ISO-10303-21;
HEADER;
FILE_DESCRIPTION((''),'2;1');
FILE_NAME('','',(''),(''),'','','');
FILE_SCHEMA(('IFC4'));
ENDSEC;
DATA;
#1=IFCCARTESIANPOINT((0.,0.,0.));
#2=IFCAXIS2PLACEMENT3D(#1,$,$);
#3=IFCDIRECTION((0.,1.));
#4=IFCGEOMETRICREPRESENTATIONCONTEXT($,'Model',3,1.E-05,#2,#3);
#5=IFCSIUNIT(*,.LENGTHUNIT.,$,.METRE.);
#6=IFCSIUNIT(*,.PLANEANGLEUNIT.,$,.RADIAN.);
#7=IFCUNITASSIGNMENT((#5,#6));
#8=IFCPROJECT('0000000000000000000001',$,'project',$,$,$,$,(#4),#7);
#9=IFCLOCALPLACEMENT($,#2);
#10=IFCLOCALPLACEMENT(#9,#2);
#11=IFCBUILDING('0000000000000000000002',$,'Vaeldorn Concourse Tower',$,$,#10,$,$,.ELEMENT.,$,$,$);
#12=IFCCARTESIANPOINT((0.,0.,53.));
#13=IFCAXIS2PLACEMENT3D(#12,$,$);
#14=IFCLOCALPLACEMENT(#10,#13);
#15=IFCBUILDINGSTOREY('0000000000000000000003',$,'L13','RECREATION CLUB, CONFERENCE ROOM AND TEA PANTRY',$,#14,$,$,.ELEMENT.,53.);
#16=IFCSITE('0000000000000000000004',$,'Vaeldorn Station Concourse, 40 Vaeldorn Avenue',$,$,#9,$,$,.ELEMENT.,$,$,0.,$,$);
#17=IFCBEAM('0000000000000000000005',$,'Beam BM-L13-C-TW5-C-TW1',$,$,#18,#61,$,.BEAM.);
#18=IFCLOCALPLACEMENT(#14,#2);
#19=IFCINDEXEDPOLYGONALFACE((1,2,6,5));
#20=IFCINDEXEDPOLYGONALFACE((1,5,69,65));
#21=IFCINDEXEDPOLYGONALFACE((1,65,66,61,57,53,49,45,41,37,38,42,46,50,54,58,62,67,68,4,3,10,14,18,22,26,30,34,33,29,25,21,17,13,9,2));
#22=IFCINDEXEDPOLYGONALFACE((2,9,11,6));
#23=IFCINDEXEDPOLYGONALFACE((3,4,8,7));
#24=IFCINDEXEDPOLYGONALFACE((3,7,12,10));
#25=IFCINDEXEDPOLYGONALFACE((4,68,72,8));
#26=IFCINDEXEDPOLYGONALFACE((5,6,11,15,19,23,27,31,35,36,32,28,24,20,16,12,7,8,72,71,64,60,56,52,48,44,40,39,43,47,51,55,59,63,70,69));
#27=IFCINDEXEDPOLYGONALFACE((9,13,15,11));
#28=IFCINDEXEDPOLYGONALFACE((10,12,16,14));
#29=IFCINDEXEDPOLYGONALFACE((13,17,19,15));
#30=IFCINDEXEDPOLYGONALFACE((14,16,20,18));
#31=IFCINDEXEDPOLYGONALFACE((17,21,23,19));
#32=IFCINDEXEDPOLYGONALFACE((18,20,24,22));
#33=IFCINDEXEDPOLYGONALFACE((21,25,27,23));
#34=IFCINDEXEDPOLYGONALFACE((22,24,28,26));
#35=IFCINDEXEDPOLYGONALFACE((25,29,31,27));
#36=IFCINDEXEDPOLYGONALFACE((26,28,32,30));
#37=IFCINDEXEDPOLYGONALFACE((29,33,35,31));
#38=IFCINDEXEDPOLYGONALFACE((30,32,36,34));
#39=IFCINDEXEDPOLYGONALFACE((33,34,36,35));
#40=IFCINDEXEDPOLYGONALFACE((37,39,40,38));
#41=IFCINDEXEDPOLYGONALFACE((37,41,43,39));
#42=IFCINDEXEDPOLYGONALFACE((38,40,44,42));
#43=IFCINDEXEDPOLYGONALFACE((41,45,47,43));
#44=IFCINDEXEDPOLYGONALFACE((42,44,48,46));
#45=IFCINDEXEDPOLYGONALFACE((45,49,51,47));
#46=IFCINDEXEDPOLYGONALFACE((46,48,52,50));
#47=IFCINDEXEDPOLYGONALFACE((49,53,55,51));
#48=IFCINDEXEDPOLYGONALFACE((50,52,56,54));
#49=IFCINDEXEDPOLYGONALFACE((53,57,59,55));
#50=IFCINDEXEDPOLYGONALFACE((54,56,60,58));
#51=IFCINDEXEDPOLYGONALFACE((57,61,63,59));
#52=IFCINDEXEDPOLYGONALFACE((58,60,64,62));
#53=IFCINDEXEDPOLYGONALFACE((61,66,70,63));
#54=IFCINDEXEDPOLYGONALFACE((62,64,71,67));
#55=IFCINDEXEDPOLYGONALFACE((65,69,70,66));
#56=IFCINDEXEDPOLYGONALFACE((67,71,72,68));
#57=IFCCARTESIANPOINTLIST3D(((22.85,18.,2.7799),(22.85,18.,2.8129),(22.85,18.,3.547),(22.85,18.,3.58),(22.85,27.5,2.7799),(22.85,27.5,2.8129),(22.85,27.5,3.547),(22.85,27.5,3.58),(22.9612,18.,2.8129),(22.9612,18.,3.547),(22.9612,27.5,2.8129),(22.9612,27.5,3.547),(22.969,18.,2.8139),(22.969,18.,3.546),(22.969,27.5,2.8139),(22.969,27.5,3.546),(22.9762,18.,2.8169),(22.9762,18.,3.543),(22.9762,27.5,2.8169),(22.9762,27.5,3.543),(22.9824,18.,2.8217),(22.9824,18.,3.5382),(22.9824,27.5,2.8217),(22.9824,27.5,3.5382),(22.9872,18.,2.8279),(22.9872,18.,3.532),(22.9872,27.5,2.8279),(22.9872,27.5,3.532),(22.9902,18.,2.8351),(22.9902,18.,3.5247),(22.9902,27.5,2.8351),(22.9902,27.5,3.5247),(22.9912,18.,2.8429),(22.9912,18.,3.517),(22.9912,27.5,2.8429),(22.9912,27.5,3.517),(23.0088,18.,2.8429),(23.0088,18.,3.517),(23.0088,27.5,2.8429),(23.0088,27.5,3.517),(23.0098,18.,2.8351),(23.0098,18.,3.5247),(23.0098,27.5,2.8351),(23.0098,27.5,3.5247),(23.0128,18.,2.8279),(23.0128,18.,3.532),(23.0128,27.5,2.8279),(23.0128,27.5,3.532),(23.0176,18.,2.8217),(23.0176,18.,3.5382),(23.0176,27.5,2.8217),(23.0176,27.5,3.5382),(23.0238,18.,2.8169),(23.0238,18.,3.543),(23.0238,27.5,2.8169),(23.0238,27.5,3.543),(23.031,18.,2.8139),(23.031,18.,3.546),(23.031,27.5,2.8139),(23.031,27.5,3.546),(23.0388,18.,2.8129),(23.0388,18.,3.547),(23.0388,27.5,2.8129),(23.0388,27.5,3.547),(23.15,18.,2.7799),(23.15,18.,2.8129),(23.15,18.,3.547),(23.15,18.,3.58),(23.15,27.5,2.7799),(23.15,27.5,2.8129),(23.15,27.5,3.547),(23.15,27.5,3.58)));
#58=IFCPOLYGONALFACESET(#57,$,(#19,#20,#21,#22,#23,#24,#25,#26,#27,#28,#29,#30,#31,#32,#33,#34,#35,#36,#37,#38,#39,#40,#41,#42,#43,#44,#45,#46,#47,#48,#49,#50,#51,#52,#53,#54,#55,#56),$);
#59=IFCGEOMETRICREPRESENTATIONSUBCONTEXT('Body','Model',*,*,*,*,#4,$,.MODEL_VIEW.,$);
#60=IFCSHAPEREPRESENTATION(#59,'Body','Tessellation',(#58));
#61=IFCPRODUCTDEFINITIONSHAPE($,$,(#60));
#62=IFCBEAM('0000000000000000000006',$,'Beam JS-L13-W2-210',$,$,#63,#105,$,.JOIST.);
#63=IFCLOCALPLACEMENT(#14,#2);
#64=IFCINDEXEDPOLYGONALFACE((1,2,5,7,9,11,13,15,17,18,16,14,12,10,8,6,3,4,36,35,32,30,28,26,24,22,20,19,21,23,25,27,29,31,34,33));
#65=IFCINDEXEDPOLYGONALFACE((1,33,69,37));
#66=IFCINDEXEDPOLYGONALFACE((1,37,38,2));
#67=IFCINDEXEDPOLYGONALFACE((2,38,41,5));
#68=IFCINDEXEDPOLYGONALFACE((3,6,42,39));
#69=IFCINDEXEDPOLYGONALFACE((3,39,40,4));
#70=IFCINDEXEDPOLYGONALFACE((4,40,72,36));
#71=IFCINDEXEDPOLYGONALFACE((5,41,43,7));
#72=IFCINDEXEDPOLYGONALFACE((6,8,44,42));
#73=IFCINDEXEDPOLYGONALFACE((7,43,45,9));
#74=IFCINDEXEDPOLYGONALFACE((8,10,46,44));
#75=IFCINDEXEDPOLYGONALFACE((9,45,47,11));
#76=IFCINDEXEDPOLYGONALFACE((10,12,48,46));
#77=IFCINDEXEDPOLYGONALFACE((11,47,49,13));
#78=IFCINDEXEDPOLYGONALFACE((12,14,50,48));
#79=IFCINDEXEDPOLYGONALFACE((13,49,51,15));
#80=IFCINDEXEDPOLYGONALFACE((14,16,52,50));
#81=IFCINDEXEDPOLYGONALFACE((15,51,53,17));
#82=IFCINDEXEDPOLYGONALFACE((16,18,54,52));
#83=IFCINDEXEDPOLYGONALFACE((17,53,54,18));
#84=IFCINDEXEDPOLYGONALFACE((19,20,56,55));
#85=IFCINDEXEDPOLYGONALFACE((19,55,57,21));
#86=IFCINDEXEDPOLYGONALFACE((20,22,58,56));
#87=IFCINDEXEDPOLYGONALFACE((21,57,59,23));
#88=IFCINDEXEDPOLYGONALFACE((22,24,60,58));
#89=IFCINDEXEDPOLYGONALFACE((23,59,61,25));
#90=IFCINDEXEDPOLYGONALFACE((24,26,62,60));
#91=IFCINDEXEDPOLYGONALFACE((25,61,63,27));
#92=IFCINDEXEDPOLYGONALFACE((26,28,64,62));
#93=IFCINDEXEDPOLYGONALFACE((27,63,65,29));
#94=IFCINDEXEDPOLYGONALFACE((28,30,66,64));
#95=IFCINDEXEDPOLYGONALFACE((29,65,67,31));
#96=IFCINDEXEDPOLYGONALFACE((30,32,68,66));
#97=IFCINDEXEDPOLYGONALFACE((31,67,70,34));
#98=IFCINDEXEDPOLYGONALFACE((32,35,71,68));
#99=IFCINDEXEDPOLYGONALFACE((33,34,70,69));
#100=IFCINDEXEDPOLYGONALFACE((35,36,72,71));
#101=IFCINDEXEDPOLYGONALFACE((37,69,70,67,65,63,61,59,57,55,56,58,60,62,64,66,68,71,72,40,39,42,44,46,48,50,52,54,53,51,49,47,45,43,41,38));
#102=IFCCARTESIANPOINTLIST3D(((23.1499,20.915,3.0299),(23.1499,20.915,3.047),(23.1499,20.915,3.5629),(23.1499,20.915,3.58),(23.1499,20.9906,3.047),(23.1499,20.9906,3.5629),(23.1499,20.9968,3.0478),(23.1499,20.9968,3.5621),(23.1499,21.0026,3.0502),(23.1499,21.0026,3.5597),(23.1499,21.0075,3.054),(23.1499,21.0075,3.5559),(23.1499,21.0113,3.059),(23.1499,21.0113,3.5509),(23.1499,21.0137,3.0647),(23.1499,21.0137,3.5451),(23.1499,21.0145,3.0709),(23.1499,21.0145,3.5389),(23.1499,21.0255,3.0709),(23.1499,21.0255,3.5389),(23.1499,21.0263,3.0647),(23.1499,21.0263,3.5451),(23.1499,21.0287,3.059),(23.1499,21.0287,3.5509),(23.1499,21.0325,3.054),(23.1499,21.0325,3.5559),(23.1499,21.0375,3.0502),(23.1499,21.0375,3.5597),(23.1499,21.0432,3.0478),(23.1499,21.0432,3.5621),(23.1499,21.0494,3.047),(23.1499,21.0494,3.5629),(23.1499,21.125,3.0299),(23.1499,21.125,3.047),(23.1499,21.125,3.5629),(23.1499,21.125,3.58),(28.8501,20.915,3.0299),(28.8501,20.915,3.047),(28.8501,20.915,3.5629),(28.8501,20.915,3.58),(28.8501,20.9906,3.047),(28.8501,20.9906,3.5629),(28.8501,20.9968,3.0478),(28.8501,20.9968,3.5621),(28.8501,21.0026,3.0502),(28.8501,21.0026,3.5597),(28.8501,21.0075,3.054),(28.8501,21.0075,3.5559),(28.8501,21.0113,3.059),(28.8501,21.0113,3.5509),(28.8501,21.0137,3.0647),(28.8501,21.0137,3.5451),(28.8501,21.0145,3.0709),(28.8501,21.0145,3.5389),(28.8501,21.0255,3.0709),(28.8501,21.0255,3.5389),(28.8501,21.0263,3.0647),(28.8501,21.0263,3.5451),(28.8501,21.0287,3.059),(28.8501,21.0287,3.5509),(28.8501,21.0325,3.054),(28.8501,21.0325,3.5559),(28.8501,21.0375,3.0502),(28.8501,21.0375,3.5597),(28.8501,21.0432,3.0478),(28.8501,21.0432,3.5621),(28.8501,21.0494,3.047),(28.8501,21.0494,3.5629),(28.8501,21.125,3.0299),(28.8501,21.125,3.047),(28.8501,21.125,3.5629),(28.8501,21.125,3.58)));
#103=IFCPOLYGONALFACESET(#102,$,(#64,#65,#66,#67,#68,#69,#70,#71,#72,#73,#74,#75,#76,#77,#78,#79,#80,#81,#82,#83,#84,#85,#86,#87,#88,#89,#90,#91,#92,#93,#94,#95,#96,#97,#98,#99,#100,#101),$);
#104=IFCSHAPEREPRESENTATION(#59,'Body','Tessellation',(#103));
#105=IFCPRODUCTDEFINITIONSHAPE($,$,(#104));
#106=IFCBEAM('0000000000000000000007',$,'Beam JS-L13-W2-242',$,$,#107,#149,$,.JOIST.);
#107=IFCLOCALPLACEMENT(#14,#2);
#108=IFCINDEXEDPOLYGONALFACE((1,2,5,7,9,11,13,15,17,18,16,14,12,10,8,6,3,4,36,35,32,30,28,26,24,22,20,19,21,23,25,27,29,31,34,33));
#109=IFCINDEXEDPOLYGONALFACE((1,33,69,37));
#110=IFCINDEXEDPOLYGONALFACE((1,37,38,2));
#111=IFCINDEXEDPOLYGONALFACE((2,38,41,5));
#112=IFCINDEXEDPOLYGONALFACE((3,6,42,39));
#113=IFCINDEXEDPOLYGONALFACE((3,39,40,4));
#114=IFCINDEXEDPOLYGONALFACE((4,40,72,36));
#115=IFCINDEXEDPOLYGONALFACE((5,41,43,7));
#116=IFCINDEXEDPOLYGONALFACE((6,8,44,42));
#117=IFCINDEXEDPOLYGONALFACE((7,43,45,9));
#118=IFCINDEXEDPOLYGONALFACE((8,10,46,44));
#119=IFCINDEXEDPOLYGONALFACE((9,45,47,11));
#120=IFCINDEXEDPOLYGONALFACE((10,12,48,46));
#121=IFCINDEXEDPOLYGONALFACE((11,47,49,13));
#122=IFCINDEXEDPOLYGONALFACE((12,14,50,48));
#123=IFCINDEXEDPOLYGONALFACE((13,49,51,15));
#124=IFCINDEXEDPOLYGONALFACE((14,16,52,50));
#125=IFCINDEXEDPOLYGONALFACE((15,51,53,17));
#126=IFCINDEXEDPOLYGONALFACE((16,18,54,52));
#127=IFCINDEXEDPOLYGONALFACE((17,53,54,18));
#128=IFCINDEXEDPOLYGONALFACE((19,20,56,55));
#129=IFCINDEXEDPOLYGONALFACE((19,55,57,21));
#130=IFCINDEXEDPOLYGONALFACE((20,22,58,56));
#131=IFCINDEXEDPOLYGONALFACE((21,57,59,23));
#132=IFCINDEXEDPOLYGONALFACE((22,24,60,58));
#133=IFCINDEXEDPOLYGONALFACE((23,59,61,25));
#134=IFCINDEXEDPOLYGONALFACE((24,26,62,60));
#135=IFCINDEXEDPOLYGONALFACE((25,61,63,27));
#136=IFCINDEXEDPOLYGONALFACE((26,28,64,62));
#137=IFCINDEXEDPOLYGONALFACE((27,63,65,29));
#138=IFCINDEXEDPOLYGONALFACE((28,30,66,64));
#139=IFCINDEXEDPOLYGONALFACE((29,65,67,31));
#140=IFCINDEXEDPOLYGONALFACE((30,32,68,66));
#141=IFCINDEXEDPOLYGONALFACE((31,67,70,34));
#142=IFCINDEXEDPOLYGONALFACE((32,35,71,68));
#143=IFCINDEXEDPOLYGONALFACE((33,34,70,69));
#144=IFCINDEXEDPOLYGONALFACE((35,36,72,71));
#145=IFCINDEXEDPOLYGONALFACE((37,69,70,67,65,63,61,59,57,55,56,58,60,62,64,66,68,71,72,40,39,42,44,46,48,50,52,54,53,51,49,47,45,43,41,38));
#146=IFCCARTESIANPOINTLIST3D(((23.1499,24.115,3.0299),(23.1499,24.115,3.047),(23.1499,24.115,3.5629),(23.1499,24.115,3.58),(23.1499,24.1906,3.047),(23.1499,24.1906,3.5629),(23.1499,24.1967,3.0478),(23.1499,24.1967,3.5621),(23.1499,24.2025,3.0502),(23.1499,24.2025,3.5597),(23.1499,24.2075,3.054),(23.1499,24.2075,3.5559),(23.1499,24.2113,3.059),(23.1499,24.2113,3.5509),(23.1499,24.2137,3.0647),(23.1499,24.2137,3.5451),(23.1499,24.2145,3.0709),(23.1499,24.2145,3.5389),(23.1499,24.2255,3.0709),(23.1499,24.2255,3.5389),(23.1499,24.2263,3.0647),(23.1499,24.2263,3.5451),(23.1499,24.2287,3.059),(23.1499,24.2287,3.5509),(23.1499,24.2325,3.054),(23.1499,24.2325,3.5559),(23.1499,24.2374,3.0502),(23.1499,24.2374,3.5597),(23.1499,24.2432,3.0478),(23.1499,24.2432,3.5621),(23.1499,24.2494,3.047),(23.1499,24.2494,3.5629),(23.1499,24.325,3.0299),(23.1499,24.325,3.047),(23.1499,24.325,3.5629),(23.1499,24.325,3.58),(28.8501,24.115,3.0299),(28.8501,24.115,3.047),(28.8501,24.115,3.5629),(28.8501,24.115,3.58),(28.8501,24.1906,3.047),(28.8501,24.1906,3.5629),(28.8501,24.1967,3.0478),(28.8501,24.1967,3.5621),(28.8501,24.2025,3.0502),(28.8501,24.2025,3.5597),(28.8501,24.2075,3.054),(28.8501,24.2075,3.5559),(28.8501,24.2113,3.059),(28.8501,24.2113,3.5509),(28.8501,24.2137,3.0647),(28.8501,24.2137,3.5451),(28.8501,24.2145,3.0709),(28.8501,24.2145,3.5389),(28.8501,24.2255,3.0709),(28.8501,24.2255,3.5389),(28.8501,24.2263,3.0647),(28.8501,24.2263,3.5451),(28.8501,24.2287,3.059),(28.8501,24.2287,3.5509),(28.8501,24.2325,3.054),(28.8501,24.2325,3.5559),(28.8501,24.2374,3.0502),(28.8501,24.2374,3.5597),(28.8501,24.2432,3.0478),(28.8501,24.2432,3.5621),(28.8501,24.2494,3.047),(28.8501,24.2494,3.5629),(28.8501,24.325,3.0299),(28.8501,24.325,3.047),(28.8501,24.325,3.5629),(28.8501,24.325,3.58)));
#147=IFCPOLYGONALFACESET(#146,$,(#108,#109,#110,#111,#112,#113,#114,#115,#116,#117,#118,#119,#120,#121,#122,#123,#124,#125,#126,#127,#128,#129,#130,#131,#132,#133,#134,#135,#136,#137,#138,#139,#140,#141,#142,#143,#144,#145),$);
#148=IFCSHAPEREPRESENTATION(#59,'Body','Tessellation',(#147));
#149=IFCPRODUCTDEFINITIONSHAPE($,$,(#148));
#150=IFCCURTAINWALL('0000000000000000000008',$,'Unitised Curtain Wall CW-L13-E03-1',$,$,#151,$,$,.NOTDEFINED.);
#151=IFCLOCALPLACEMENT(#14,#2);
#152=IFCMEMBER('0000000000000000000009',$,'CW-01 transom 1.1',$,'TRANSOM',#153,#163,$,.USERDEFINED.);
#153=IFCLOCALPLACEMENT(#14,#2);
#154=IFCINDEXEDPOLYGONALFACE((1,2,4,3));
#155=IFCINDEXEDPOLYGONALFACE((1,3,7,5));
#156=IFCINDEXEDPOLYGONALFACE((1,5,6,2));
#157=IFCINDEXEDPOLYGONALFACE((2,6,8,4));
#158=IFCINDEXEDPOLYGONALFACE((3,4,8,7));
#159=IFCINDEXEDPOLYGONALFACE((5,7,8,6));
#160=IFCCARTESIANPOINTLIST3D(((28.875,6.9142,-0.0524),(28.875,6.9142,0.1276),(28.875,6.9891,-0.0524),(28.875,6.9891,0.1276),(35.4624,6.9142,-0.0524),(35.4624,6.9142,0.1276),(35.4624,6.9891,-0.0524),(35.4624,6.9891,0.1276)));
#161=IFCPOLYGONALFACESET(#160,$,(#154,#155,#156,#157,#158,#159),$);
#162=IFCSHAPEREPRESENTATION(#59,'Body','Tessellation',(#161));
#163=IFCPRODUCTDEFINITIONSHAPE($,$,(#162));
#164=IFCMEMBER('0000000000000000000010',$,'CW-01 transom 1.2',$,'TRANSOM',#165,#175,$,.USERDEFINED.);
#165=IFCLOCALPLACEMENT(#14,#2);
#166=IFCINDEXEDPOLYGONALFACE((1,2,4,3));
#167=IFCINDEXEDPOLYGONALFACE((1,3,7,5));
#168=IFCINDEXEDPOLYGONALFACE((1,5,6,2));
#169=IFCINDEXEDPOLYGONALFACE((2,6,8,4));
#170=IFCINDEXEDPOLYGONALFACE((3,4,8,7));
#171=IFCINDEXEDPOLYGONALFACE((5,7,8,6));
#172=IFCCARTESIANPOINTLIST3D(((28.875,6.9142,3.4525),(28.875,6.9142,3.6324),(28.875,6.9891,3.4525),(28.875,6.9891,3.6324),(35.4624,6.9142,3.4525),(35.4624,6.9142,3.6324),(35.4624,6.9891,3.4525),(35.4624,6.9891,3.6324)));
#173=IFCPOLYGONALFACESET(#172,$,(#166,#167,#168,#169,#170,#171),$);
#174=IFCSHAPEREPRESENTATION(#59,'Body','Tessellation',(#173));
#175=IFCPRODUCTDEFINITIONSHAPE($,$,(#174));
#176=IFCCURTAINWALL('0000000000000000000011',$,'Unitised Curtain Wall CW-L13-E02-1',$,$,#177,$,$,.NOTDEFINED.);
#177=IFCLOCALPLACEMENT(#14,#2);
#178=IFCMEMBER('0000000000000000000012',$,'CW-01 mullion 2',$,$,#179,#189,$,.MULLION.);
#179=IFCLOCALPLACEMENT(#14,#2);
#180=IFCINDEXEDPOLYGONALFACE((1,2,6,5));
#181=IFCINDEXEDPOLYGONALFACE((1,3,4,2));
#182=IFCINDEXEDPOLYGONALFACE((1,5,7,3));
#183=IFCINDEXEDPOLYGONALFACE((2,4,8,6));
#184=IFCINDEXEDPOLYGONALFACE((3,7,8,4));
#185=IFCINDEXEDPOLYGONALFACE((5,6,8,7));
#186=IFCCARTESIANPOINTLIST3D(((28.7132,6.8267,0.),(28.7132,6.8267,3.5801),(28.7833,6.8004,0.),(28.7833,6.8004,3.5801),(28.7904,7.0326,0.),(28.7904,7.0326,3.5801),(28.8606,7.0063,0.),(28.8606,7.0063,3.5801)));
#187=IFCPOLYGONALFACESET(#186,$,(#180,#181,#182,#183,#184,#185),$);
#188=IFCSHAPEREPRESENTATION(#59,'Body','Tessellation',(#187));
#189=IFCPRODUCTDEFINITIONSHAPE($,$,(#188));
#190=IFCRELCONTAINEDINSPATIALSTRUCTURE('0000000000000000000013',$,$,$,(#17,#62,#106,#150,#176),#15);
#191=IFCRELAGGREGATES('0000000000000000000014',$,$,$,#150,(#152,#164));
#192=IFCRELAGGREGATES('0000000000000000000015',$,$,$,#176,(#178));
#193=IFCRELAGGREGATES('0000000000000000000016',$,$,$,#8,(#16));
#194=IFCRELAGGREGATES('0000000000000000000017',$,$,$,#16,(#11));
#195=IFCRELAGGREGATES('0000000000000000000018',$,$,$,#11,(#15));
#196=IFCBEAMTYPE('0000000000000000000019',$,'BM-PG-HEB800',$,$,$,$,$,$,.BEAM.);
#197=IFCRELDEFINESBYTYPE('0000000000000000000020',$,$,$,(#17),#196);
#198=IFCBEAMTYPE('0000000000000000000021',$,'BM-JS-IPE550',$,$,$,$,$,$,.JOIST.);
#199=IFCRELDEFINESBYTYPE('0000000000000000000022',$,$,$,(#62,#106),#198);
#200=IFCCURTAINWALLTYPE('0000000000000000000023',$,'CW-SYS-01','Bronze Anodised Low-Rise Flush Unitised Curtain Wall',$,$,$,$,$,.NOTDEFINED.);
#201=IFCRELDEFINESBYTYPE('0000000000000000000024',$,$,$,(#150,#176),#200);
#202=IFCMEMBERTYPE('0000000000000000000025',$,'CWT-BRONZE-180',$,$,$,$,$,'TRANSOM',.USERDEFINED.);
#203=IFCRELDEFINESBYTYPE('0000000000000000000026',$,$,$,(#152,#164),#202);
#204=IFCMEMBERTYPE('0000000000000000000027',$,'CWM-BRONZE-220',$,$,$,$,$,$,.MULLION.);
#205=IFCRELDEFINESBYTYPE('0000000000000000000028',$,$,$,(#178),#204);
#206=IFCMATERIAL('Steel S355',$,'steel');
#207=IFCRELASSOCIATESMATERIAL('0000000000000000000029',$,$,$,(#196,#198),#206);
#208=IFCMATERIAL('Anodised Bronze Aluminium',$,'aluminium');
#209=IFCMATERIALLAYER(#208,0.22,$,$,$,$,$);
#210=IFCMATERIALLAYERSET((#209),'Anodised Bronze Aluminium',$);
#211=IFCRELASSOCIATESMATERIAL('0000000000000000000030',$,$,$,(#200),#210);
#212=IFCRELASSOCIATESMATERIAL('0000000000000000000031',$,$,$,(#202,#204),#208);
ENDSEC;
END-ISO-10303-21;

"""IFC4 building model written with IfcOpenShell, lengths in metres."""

from ifc_helpers import new_model, si_unit, direction, frame, origin, origin_2d, place, context, subcontext, project, spatial, rectangle, i_section, extrude, source, transform, mapped, material, layer, layer_set, material_profile, profile_set, type_object, element, aggregate, save


model = new_model("IFC4")

# Units and contexts
model_context = context("Model", 3, precision=1e-05, world=origin(), true_north=direction((0.0, 1.0)))
body_context = subcontext(model_context, "Body", "Model", "MODEL_VIEW")
ifc_project = project(units=[si_unit("LENGTHUNIT", "METRE"), si_unit("PLANEANGLEUNIT", "RADIAN")], contexts=[model_context])

# Site, building, storey
site_placement = place(None, origin())
site = spatial("IfcSite", under=ifc_project, at=site_placement, Name="Vaeldorn Station Concourse, 40 Vaeldorn Avenue", CompositionType="ELEMENT", RefElevation=0.0)
building_placement = place(site_placement, origin())
building = spatial("IfcBuilding", under=site, at=building_placement, Name="Vaeldorn Concourse Tower", CompositionType="ELEMENT")
storey_placement = place(building_placement, frame((0.0, 0.0, 53.0)))
storey = spatial("IfcBuildingStorey", under=building, at=storey_placement, Name="L13", Description="RECREATION CLUB, CONFERENCE ROOM AND TEA PANTRY", CompositionType="ELEMENT", Elevation=53.0)

# Beams
ifc_material_1 = material(Name="Steel S355", Category="steel")
ifc_material_profile_1 = material_profile(ifc_material_1, i_section(OverallWidth=0.3, OverallDepth=0.8, WebThickness=0.0176, FlangeThickness=0.033, FilletRadius=0.03, at=origin_2d()), Name="HEB 800")
ifc_profile_set_1 = profile_set([ifc_material_profile_1], Name="Steel S355")
beam_type_1 = type_object("IfcBeamType", Name="BM-PG-HEB800", PredefinedType="BEAM", material=ifc_profile_set_1)
shared_shape_1 = source(origin(), body_context, "Body", "SweptSolid", [
    extrude(i_section(OverallWidth=0.3, OverallDepth=0.8, WebThickness=0.0176, FlangeThickness=0.033, FilletRadius=0.03, at=origin_2d()), origin(), (0.0, 0.0, 1.0), 9.5),
])
beam_1_placement = place(storey_placement, frame((23.0, 18.0, 3.1799), z_axis=(0.0, 1.0, 0.0), x_axis=(-1.0, 0.0, 0.0)))
element("IfcBeam", 1, at=beam_1_placement, inside=storey, type_object=beam_type_1, Name="Beam BM-L13-C-TW5-C-TW1", PredefinedType="BEAM", context=body_context, shape_type="MappedRepresentation", body=[
    mapped(shared_shape_1, transform((0.0, 0.0, 0.0), scale=1.0)),
])
ifc_material_profile_2 = material_profile(ifc_material_1, i_section(OverallWidth=0.21, OverallDepth=0.55, WebThickness=0.011, FlangeThickness=0.0171, FilletRadius=0.0239, at=origin_2d()), Name="IPE 550")
ifc_profile_set_2 = profile_set([ifc_material_profile_2], Name="Steel S355")
beam_type_2 = type_object("IfcBeamType", Name="BM-JS-IPE550", PredefinedType="JOIST", material=ifc_profile_set_2)
shared_shape_2 = source(origin(), body_context, "Body", "SweptSolid", [
    extrude(i_section(OverallWidth=0.21, OverallDepth=0.55, WebThickness=0.011, FlangeThickness=0.0171, FilletRadius=0.0239, at=origin_2d()), origin(), (0.0, 0.0, 1.0), 5.7002),
])
for number, where, z_axis, x_axis, name in (
    (2, (23.1499, 21.02, 3.3049), (1.0, 0.0, 0.0), (0.0, 1.0, 0.0), "Beam JS-L13-W2-210"),
    (3, (23.1499, 24.22, 3.3049), (1.0, 0.0, 0.0), (0.0, 1.0, 0.0), "Beam JS-L13-W2-242"),
):
    element("IfcBeam", number, at=place(storey_placement, frame(where, z_axis=z_axis, x_axis=x_axis)), inside=storey, type_object=beam_type_2, Name=name, PredefinedType="JOIST", context=body_context, shape_type="MappedRepresentation", body=[
        mapped(shared_shape_2, transform((0.0, 0.0, 0.0), scale=1.0)),
    ])

# Curtain wall, members
ifc_material_2 = material(Name="Anodised Bronze Aluminium", Category="aluminium")
ifc_layer_1 = layer(ifc_material_2, 0.22)
ifc_layer_set_1 = layer_set([ifc_layer_1], Name="Anodised Bronze Aluminium")
curtain_wall_type = type_object("IfcCurtainWallType", Name="CW-SYS-01", Description="Bronze Anodised Low-Rise Flush Unitised Curtain Wall", PredefinedType="NOTDEFINED", material=ifc_layer_set_1)
curtain_wall_1_placement = place(storey_placement, origin())
curtain_wall_1 = element("IfcCurtainWall", 4, at=curtain_wall_1_placement, inside=storey, type_object=curtain_wall_type, Name="Unitised Curtain Wall CW-L13-E03-1", PredefinedType="NOTDEFINED")
ifc_material_profile_3 = material_profile(ifc_material_2, rectangle(XDim=0.075, YDim=0.1799, at=origin_2d()), Name="CWT 75x180")
ifc_profile_set_3 = profile_set([ifc_material_profile_3], Name="Anodised Bronze Aluminium")
member_type_1 = type_object("IfcMemberType", Name="CWT-BRONZE-180", ElementType="TRANSOM", PredefinedType="USERDEFINED", material=ifc_profile_set_3)
shared_shape_3 = source(origin(), body_context, "Body", "SweptSolid", [
    extrude(rectangle(XDim=0.075, YDim=0.1799, at=origin_2d()), origin(), (0.0, 0.0, 1.0), 6.5874),
])
member_1_placement = place(storey_placement, frame((28.875, 6.9517, 0.0376), z_axis=(1.0, 0.0, 0.0), x_axis=(0.0, 1.0, 0.0)))
member_1 = element("IfcMember", 5, at=member_1_placement, type_object=member_type_1, Name="CW-01 transom 1.1", ObjectType="TRANSOM", PredefinedType="USERDEFINED", context=body_context, shape_type="MappedRepresentation", body=[
    mapped(shared_shape_3, transform((0.0, 0.0, 0.0), scale=1.0)),
])
member_2_placement = place(storey_placement, frame((28.875, 6.9517, 3.5425), z_axis=(1.0, 0.0, 0.0), x_axis=(0.0, 1.0, 0.0)))
member_2 = element("IfcMember", 6, at=member_2_placement, type_object=member_type_1, Name="CW-01 transom 1.2", ObjectType="TRANSOM", PredefinedType="USERDEFINED", context=body_context, shape_type="MappedRepresentation", body=[
    mapped(shared_shape_3, transform((0.0, 0.0, 0.0), scale=1.0)),
])

# Curtain wall, member
curtain_wall_2_placement = place(storey_placement, origin())
curtain_wall_2 = element("IfcCurtainWall", 7, at=curtain_wall_2_placement, inside=storey, type_object=curtain_wall_type, Name="Unitised Curtain Wall CW-L13-E02-1", PredefinedType="NOTDEFINED")
ifc_material_profile_4 = material_profile(ifc_material_2, rectangle(XDim=0.075, YDim=0.22, at=origin_2d()), Name="CWM 75x220")
ifc_profile_set_4 = profile_set([ifc_material_profile_4], Name="Anodised Bronze Aluminium")
member_type_2 = type_object("IfcMemberType", Name="CWM-BRONZE-220", PredefinedType="MULLION", material=ifc_profile_set_4)
shared_shape_4 = source(origin(), body_context, "Body", "SweptSolid", [
    extrude(rectangle(XDim=0.075, YDim=0.22, at=origin_2d()), origin(), (0.0, 0.0, 1.0), 3.5801),
])
member_3_placement = place(storey_placement, frame((28.7869, 6.9165, 0.0), z_axis=(0.0, 0.0, 1.0), x_axis=(-0.936329, 0.351123, 0.0)))
member_3 = element("IfcMember", 8, at=member_3_placement, type_object=member_type_2, Name="CW-01 mullion 2", PredefinedType="MULLION", context=body_context, shape_type="MappedRepresentation", body=[
    mapped(shared_shape_4, transform((0.0, 0.0, 0.0), scale=1.0)),
])

aggregate(curtain_wall_1, [member_1, member_2])

aggregate(curtain_wall_2, [member_3])

save(model, "model.ifc")
